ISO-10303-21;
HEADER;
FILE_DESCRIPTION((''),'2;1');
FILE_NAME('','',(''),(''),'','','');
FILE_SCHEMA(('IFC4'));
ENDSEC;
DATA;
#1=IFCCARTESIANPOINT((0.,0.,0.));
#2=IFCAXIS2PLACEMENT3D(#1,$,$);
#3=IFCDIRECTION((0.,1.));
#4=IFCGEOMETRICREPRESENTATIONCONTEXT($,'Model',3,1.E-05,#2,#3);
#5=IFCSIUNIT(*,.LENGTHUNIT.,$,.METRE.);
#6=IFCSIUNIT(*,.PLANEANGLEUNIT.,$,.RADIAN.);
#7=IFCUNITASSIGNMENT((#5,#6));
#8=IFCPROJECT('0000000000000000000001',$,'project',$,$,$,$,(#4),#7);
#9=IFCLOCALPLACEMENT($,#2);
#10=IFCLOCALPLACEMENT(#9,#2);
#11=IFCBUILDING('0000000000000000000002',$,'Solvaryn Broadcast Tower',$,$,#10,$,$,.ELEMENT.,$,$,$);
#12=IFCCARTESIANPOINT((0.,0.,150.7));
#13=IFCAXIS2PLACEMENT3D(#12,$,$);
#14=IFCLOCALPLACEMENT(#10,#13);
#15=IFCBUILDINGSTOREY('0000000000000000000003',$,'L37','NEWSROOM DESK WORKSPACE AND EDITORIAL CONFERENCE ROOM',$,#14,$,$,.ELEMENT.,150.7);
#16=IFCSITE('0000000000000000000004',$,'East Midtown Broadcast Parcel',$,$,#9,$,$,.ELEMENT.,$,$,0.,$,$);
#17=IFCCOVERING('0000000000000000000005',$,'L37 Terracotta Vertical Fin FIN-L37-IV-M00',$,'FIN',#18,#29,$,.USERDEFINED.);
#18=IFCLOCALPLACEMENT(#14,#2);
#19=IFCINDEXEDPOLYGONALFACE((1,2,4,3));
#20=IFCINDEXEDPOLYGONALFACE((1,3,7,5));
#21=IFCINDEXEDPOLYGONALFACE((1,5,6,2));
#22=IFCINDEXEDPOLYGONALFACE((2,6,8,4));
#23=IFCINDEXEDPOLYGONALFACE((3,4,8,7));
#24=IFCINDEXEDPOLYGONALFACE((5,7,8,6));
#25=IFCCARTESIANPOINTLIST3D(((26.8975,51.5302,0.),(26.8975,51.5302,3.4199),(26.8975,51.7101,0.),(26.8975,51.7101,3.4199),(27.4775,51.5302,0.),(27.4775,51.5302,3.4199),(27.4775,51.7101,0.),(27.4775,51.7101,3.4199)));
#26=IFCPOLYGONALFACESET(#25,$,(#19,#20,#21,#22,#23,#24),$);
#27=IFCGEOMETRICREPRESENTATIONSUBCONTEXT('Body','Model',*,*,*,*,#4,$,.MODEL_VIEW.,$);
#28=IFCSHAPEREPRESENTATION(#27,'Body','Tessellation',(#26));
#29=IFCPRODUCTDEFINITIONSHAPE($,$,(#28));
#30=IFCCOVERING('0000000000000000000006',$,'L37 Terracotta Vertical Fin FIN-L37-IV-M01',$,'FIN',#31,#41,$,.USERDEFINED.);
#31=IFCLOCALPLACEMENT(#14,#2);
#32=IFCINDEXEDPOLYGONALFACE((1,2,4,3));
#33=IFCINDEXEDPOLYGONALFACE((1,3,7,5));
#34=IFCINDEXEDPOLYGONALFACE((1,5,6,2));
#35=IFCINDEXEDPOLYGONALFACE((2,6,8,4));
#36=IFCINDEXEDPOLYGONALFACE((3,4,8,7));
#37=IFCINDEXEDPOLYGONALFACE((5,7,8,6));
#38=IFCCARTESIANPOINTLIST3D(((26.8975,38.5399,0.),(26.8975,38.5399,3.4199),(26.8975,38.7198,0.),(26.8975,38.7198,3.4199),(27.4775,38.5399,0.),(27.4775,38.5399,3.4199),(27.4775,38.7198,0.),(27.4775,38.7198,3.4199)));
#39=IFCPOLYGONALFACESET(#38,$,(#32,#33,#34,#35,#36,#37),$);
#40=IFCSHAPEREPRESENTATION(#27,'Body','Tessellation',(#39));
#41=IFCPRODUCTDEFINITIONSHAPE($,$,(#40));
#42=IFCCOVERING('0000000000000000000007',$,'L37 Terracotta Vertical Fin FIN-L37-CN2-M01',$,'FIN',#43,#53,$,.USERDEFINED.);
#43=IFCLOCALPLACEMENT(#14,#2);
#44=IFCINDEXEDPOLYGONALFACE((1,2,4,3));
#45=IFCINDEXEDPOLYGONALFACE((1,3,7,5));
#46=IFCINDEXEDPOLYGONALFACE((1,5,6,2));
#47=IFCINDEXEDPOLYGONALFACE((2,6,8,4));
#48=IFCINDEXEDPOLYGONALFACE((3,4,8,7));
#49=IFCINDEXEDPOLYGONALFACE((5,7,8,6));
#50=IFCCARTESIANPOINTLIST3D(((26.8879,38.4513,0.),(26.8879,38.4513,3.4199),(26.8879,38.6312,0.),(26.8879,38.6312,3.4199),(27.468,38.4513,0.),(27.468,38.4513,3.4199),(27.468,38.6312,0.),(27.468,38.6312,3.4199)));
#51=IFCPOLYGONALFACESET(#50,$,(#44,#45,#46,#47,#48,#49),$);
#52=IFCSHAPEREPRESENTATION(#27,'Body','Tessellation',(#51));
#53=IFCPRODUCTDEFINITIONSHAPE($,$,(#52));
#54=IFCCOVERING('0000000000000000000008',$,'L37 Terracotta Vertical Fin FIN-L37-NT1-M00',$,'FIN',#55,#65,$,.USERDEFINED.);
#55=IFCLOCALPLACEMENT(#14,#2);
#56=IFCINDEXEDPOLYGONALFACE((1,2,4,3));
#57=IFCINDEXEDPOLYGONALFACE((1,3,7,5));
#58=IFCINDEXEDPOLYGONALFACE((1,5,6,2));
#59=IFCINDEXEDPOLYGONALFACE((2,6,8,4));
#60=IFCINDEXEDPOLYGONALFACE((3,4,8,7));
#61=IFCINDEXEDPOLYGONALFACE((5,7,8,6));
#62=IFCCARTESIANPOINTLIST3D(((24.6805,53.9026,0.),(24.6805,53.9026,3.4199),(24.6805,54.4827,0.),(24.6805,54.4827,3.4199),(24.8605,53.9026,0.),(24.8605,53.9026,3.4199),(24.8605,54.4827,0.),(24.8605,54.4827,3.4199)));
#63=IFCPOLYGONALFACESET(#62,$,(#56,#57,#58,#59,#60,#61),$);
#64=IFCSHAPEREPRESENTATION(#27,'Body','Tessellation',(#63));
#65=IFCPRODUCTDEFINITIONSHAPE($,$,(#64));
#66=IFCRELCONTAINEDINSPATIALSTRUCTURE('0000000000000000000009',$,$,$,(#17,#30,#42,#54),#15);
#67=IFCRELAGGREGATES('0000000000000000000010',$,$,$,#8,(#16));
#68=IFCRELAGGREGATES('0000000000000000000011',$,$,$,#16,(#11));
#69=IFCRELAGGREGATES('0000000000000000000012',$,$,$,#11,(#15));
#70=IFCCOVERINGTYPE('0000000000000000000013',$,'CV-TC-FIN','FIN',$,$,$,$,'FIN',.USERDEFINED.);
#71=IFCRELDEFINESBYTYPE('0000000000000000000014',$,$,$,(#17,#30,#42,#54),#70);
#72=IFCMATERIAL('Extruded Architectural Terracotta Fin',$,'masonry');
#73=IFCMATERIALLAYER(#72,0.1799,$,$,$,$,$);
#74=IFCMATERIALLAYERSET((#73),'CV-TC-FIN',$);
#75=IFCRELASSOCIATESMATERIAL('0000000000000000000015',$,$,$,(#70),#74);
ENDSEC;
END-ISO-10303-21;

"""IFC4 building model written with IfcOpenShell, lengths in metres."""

from ifc_helpers import new_model, si_unit, direction, frame, origin, origin_2d, place, context, subcontext, project, spatial, rectangle, extrude, material, layer, layer_set, type_object, element, save


model = new_model("IFC4")

# Units and contexts
model_context = context("Model", 3, precision=1e-05, world=origin(), true_north=direction((0.0, 1.0)))
body_context = subcontext(model_context, "Body", "Model", "MODEL_VIEW")
ifc_project = project(units=[si_unit("LENGTHUNIT", "METRE"), si_unit("PLANEANGLEUNIT", "RADIAN")], contexts=[model_context])

# Site, building, storey
site_placement = place(None, origin())
site = spatial("IfcSite", under=ifc_project, at=site_placement, Name="East Midtown Broadcast Parcel", CompositionType="ELEMENT", RefElevation=0.0)
building_placement = place(site_placement, origin())
building = spatial("IfcBuilding", under=site, at=building_placement, Name="Solvaryn Broadcast Tower", CompositionType="ELEMENT")
storey_placement = place(building_placement, frame((0.0, 0.0, 150.7)))
storey = spatial("IfcBuildingStorey", under=building, at=storey_placement, Name="L37", Description="NEWSROOM DESK WORKSPACE AND EDITORIAL CONFERENCE ROOM", CompositionType="ELEMENT", Elevation=150.7)

# Coverings
ifc_material_1 = material(Name="Extruded Architectural Terracotta Fin", Category="masonry")
ifc_layer_1 = layer(ifc_material_1, 0.1799)
ifc_layer_set_1 = layer_set([ifc_layer_1], Name="CV-TC-FIN")
covering_type = type_object("IfcCoveringType", Name="CV-TC-FIN", Description="FIN", ElementType="FIN", PredefinedType="USERDEFINED", material=ifc_layer_set_1)
for number, where, z_axis, x_axis, name in (
    (1, (27.1875, 51.6201, 0.0), (0.0, 0.0, 1.0), (1.0, 0.0, 0.0), "L37 Terracotta Vertical Fin FIN-L37-IV-M00"),
    (2, (27.1875, 38.6299, 0.0), (0.0, 0.0, 1.0), (1.0, 0.0, 0.0), "L37 Terracotta Vertical Fin FIN-L37-IV-M01"),
    (3, (27.178, 38.5413, 0.0), (0.0, 0.0, 1.0), (1.0, 0.0, 0.0), "L37 Terracotta Vertical Fin FIN-L37-CN2-M01"),
):
    element("IfcCovering", number, at=place(storey_placement, frame(where, z_axis=z_axis, x_axis=x_axis)), inside=storey, type_object=covering_type, Name=name, ObjectType="FIN", PredefinedType="USERDEFINED", context=body_context, shape_type="SweptSolid", body=[
        extrude(rectangle(XDim=0.5801, YDim=0.1799, at=origin_2d()), origin(), (0.0, 0.0, 1.0), 3.4199),
    ])
covering_placement = place(storey_placement, frame((24.7705, 54.1926, 0.0), z_axis=(0.0, 0.0, 1.0), x_axis=(1.0, 0.0, 0.0)))
element("IfcCovering", 4, at=covering_placement, inside=storey, type_object=covering_type, Name="L37 Terracotta Vertical Fin FIN-L37-NT1-M00", ObjectType="FIN", PredefinedType="USERDEFINED", context=body_context, shape_type="SweptSolid", body=[
    extrude(rectangle(XDim=0.1799, YDim=0.5801, at=origin_2d()), origin(), (0.0, 0.0, 1.0), 3.4199),
])

save(model, "model.ifc")
